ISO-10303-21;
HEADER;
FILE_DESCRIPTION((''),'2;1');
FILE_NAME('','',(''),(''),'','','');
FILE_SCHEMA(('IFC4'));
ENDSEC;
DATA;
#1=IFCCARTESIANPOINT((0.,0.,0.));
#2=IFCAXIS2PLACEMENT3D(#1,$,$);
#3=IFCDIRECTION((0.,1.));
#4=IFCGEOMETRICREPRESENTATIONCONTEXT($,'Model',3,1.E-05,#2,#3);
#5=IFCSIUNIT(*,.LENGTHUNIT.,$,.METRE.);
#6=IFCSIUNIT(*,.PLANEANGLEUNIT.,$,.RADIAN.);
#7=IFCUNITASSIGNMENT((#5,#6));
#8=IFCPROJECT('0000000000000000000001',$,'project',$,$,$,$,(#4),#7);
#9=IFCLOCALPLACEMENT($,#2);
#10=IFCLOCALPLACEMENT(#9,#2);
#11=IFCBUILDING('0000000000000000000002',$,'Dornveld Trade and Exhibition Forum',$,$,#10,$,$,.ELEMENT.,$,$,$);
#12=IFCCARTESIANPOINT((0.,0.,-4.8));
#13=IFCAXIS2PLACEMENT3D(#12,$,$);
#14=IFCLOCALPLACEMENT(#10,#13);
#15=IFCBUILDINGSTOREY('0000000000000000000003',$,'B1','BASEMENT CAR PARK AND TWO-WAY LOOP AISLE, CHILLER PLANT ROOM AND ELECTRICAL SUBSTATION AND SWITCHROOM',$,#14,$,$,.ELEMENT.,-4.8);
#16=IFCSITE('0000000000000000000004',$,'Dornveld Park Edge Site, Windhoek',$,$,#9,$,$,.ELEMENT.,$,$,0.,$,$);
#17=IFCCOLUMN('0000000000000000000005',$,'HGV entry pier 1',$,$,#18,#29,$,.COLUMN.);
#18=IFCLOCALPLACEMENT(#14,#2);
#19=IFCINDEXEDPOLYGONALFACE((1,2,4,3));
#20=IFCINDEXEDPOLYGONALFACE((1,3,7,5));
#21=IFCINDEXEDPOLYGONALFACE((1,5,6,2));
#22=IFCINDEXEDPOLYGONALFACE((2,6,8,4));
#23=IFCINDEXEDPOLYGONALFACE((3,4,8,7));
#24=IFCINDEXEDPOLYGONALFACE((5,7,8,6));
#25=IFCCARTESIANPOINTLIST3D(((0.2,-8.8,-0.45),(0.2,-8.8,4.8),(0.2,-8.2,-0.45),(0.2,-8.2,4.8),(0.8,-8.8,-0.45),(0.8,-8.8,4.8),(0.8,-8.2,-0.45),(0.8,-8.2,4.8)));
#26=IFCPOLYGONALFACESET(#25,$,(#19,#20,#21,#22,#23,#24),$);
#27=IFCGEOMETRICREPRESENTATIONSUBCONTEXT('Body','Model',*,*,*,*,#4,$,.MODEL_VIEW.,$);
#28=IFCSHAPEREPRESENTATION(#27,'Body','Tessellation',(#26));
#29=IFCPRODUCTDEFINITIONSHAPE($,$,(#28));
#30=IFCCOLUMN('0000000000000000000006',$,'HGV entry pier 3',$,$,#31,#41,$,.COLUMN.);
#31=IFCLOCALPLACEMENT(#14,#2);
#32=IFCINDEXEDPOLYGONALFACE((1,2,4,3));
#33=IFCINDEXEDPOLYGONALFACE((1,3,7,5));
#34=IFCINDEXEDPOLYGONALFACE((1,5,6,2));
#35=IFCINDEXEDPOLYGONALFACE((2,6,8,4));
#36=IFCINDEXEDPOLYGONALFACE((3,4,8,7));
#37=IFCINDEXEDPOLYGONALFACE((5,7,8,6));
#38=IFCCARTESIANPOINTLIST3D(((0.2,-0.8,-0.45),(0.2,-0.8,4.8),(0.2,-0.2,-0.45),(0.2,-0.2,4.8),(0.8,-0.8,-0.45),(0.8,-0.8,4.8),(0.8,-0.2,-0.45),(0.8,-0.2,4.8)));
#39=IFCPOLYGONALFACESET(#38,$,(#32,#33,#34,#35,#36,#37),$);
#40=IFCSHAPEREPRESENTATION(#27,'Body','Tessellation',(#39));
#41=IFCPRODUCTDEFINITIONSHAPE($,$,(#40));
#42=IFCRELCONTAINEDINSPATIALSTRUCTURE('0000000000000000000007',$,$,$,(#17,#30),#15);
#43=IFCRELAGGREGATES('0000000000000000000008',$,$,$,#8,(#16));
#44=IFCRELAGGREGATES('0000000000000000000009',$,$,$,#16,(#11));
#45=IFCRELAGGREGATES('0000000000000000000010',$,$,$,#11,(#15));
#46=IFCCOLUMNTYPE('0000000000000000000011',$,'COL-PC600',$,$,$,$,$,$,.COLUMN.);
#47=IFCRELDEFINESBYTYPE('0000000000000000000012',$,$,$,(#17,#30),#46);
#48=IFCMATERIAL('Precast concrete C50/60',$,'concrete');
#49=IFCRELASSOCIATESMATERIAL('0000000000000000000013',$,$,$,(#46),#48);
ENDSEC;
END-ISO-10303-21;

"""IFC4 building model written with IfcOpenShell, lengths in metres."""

from ifc_helpers import new_model, si_unit, direction, frame, origin, origin_2d, place, context, subcontext, project, spatial, rectangle, extrude, material, material_profile, profile_set, type_object, element, save


model = new_model("IFC4")

# Units and contexts
model_context = context("Model", 3, precision=1e-05, world=origin(), true_north=direction((0.0, 1.0)))
body_context = subcontext(model_context, "Body", "Model", "MODEL_VIEW")
ifc_project = project(units=[si_unit("LENGTHUNIT", "METRE"), si_unit("PLANEANGLEUNIT", "RADIAN")], contexts=[model_context])

# Site, building, storey
site_placement = place(None, origin())
site = spatial("IfcSite", under=ifc_project, at=site_placement, Name="Dornveld Park Edge Site, Windhoek", CompositionType="ELEMENT", RefElevation=0.0)
building_placement = place(site_placement, origin())
building = spatial("IfcBuilding", under=site, at=building_placement, Name="Dornveld Trade and Exhibition Forum", CompositionType="ELEMENT")
storey_placement = place(building_placement, frame((0.0, 0.0, -4.8)))
storey = spatial("IfcBuildingStorey", under=building, at=storey_placement, Name="B1", Description="BASEMENT CAR PARK AND TWO-WAY LOOP AISLE, CHILLER PLANT ROOM AND ELECTRICAL SUBSTATION AND SWITCHROOM", CompositionType="ELEMENT", Elevation=-4.8)

# Columns
ifc_material_1 = material(Name="Precast concrete C50/60", Category="concrete")
ifc_material_profile = material_profile(ifc_material_1, rectangle(XDim=0.6001, YDim=0.6001, at=origin_2d()), Name="PC-COL 600x600")
ifc_profile_set = profile_set([ifc_material_profile], Name="Precast concrete C50/60")
column_type = type_object("IfcColumnType", Name="COL-PC600", PredefinedType="COLUMN", material=ifc_profile_set)
for number, where, z_axis, x_axis, name in (
    (1, (0.5, -8.5, -0.45), (0.0, 0.0, 1.0), (1.0, 0.0, 0.0), "HGV entry pier 1"),
    (2, (0.5, -0.5, -0.45), (0.0, 0.0, 1.0), (1.0, 0.0, 0.0), "HGV entry pier 3"),
):
    element("IfcColumn", number, at=place(storey_placement, frame(where, z_axis=z_axis, x_axis=x_axis)), inside=storey, type_object=column_type, Name=name, PredefinedType="COLUMN", context=body_context, shape_type="SweptSolid", body=[
        extrude(rectangle(XDim=0.6001, YDim=0.6001, at=origin_2d()), origin(), (0.0, 0.0, 1.0), 5.25),
    ])

save(model, "model.ifc")
